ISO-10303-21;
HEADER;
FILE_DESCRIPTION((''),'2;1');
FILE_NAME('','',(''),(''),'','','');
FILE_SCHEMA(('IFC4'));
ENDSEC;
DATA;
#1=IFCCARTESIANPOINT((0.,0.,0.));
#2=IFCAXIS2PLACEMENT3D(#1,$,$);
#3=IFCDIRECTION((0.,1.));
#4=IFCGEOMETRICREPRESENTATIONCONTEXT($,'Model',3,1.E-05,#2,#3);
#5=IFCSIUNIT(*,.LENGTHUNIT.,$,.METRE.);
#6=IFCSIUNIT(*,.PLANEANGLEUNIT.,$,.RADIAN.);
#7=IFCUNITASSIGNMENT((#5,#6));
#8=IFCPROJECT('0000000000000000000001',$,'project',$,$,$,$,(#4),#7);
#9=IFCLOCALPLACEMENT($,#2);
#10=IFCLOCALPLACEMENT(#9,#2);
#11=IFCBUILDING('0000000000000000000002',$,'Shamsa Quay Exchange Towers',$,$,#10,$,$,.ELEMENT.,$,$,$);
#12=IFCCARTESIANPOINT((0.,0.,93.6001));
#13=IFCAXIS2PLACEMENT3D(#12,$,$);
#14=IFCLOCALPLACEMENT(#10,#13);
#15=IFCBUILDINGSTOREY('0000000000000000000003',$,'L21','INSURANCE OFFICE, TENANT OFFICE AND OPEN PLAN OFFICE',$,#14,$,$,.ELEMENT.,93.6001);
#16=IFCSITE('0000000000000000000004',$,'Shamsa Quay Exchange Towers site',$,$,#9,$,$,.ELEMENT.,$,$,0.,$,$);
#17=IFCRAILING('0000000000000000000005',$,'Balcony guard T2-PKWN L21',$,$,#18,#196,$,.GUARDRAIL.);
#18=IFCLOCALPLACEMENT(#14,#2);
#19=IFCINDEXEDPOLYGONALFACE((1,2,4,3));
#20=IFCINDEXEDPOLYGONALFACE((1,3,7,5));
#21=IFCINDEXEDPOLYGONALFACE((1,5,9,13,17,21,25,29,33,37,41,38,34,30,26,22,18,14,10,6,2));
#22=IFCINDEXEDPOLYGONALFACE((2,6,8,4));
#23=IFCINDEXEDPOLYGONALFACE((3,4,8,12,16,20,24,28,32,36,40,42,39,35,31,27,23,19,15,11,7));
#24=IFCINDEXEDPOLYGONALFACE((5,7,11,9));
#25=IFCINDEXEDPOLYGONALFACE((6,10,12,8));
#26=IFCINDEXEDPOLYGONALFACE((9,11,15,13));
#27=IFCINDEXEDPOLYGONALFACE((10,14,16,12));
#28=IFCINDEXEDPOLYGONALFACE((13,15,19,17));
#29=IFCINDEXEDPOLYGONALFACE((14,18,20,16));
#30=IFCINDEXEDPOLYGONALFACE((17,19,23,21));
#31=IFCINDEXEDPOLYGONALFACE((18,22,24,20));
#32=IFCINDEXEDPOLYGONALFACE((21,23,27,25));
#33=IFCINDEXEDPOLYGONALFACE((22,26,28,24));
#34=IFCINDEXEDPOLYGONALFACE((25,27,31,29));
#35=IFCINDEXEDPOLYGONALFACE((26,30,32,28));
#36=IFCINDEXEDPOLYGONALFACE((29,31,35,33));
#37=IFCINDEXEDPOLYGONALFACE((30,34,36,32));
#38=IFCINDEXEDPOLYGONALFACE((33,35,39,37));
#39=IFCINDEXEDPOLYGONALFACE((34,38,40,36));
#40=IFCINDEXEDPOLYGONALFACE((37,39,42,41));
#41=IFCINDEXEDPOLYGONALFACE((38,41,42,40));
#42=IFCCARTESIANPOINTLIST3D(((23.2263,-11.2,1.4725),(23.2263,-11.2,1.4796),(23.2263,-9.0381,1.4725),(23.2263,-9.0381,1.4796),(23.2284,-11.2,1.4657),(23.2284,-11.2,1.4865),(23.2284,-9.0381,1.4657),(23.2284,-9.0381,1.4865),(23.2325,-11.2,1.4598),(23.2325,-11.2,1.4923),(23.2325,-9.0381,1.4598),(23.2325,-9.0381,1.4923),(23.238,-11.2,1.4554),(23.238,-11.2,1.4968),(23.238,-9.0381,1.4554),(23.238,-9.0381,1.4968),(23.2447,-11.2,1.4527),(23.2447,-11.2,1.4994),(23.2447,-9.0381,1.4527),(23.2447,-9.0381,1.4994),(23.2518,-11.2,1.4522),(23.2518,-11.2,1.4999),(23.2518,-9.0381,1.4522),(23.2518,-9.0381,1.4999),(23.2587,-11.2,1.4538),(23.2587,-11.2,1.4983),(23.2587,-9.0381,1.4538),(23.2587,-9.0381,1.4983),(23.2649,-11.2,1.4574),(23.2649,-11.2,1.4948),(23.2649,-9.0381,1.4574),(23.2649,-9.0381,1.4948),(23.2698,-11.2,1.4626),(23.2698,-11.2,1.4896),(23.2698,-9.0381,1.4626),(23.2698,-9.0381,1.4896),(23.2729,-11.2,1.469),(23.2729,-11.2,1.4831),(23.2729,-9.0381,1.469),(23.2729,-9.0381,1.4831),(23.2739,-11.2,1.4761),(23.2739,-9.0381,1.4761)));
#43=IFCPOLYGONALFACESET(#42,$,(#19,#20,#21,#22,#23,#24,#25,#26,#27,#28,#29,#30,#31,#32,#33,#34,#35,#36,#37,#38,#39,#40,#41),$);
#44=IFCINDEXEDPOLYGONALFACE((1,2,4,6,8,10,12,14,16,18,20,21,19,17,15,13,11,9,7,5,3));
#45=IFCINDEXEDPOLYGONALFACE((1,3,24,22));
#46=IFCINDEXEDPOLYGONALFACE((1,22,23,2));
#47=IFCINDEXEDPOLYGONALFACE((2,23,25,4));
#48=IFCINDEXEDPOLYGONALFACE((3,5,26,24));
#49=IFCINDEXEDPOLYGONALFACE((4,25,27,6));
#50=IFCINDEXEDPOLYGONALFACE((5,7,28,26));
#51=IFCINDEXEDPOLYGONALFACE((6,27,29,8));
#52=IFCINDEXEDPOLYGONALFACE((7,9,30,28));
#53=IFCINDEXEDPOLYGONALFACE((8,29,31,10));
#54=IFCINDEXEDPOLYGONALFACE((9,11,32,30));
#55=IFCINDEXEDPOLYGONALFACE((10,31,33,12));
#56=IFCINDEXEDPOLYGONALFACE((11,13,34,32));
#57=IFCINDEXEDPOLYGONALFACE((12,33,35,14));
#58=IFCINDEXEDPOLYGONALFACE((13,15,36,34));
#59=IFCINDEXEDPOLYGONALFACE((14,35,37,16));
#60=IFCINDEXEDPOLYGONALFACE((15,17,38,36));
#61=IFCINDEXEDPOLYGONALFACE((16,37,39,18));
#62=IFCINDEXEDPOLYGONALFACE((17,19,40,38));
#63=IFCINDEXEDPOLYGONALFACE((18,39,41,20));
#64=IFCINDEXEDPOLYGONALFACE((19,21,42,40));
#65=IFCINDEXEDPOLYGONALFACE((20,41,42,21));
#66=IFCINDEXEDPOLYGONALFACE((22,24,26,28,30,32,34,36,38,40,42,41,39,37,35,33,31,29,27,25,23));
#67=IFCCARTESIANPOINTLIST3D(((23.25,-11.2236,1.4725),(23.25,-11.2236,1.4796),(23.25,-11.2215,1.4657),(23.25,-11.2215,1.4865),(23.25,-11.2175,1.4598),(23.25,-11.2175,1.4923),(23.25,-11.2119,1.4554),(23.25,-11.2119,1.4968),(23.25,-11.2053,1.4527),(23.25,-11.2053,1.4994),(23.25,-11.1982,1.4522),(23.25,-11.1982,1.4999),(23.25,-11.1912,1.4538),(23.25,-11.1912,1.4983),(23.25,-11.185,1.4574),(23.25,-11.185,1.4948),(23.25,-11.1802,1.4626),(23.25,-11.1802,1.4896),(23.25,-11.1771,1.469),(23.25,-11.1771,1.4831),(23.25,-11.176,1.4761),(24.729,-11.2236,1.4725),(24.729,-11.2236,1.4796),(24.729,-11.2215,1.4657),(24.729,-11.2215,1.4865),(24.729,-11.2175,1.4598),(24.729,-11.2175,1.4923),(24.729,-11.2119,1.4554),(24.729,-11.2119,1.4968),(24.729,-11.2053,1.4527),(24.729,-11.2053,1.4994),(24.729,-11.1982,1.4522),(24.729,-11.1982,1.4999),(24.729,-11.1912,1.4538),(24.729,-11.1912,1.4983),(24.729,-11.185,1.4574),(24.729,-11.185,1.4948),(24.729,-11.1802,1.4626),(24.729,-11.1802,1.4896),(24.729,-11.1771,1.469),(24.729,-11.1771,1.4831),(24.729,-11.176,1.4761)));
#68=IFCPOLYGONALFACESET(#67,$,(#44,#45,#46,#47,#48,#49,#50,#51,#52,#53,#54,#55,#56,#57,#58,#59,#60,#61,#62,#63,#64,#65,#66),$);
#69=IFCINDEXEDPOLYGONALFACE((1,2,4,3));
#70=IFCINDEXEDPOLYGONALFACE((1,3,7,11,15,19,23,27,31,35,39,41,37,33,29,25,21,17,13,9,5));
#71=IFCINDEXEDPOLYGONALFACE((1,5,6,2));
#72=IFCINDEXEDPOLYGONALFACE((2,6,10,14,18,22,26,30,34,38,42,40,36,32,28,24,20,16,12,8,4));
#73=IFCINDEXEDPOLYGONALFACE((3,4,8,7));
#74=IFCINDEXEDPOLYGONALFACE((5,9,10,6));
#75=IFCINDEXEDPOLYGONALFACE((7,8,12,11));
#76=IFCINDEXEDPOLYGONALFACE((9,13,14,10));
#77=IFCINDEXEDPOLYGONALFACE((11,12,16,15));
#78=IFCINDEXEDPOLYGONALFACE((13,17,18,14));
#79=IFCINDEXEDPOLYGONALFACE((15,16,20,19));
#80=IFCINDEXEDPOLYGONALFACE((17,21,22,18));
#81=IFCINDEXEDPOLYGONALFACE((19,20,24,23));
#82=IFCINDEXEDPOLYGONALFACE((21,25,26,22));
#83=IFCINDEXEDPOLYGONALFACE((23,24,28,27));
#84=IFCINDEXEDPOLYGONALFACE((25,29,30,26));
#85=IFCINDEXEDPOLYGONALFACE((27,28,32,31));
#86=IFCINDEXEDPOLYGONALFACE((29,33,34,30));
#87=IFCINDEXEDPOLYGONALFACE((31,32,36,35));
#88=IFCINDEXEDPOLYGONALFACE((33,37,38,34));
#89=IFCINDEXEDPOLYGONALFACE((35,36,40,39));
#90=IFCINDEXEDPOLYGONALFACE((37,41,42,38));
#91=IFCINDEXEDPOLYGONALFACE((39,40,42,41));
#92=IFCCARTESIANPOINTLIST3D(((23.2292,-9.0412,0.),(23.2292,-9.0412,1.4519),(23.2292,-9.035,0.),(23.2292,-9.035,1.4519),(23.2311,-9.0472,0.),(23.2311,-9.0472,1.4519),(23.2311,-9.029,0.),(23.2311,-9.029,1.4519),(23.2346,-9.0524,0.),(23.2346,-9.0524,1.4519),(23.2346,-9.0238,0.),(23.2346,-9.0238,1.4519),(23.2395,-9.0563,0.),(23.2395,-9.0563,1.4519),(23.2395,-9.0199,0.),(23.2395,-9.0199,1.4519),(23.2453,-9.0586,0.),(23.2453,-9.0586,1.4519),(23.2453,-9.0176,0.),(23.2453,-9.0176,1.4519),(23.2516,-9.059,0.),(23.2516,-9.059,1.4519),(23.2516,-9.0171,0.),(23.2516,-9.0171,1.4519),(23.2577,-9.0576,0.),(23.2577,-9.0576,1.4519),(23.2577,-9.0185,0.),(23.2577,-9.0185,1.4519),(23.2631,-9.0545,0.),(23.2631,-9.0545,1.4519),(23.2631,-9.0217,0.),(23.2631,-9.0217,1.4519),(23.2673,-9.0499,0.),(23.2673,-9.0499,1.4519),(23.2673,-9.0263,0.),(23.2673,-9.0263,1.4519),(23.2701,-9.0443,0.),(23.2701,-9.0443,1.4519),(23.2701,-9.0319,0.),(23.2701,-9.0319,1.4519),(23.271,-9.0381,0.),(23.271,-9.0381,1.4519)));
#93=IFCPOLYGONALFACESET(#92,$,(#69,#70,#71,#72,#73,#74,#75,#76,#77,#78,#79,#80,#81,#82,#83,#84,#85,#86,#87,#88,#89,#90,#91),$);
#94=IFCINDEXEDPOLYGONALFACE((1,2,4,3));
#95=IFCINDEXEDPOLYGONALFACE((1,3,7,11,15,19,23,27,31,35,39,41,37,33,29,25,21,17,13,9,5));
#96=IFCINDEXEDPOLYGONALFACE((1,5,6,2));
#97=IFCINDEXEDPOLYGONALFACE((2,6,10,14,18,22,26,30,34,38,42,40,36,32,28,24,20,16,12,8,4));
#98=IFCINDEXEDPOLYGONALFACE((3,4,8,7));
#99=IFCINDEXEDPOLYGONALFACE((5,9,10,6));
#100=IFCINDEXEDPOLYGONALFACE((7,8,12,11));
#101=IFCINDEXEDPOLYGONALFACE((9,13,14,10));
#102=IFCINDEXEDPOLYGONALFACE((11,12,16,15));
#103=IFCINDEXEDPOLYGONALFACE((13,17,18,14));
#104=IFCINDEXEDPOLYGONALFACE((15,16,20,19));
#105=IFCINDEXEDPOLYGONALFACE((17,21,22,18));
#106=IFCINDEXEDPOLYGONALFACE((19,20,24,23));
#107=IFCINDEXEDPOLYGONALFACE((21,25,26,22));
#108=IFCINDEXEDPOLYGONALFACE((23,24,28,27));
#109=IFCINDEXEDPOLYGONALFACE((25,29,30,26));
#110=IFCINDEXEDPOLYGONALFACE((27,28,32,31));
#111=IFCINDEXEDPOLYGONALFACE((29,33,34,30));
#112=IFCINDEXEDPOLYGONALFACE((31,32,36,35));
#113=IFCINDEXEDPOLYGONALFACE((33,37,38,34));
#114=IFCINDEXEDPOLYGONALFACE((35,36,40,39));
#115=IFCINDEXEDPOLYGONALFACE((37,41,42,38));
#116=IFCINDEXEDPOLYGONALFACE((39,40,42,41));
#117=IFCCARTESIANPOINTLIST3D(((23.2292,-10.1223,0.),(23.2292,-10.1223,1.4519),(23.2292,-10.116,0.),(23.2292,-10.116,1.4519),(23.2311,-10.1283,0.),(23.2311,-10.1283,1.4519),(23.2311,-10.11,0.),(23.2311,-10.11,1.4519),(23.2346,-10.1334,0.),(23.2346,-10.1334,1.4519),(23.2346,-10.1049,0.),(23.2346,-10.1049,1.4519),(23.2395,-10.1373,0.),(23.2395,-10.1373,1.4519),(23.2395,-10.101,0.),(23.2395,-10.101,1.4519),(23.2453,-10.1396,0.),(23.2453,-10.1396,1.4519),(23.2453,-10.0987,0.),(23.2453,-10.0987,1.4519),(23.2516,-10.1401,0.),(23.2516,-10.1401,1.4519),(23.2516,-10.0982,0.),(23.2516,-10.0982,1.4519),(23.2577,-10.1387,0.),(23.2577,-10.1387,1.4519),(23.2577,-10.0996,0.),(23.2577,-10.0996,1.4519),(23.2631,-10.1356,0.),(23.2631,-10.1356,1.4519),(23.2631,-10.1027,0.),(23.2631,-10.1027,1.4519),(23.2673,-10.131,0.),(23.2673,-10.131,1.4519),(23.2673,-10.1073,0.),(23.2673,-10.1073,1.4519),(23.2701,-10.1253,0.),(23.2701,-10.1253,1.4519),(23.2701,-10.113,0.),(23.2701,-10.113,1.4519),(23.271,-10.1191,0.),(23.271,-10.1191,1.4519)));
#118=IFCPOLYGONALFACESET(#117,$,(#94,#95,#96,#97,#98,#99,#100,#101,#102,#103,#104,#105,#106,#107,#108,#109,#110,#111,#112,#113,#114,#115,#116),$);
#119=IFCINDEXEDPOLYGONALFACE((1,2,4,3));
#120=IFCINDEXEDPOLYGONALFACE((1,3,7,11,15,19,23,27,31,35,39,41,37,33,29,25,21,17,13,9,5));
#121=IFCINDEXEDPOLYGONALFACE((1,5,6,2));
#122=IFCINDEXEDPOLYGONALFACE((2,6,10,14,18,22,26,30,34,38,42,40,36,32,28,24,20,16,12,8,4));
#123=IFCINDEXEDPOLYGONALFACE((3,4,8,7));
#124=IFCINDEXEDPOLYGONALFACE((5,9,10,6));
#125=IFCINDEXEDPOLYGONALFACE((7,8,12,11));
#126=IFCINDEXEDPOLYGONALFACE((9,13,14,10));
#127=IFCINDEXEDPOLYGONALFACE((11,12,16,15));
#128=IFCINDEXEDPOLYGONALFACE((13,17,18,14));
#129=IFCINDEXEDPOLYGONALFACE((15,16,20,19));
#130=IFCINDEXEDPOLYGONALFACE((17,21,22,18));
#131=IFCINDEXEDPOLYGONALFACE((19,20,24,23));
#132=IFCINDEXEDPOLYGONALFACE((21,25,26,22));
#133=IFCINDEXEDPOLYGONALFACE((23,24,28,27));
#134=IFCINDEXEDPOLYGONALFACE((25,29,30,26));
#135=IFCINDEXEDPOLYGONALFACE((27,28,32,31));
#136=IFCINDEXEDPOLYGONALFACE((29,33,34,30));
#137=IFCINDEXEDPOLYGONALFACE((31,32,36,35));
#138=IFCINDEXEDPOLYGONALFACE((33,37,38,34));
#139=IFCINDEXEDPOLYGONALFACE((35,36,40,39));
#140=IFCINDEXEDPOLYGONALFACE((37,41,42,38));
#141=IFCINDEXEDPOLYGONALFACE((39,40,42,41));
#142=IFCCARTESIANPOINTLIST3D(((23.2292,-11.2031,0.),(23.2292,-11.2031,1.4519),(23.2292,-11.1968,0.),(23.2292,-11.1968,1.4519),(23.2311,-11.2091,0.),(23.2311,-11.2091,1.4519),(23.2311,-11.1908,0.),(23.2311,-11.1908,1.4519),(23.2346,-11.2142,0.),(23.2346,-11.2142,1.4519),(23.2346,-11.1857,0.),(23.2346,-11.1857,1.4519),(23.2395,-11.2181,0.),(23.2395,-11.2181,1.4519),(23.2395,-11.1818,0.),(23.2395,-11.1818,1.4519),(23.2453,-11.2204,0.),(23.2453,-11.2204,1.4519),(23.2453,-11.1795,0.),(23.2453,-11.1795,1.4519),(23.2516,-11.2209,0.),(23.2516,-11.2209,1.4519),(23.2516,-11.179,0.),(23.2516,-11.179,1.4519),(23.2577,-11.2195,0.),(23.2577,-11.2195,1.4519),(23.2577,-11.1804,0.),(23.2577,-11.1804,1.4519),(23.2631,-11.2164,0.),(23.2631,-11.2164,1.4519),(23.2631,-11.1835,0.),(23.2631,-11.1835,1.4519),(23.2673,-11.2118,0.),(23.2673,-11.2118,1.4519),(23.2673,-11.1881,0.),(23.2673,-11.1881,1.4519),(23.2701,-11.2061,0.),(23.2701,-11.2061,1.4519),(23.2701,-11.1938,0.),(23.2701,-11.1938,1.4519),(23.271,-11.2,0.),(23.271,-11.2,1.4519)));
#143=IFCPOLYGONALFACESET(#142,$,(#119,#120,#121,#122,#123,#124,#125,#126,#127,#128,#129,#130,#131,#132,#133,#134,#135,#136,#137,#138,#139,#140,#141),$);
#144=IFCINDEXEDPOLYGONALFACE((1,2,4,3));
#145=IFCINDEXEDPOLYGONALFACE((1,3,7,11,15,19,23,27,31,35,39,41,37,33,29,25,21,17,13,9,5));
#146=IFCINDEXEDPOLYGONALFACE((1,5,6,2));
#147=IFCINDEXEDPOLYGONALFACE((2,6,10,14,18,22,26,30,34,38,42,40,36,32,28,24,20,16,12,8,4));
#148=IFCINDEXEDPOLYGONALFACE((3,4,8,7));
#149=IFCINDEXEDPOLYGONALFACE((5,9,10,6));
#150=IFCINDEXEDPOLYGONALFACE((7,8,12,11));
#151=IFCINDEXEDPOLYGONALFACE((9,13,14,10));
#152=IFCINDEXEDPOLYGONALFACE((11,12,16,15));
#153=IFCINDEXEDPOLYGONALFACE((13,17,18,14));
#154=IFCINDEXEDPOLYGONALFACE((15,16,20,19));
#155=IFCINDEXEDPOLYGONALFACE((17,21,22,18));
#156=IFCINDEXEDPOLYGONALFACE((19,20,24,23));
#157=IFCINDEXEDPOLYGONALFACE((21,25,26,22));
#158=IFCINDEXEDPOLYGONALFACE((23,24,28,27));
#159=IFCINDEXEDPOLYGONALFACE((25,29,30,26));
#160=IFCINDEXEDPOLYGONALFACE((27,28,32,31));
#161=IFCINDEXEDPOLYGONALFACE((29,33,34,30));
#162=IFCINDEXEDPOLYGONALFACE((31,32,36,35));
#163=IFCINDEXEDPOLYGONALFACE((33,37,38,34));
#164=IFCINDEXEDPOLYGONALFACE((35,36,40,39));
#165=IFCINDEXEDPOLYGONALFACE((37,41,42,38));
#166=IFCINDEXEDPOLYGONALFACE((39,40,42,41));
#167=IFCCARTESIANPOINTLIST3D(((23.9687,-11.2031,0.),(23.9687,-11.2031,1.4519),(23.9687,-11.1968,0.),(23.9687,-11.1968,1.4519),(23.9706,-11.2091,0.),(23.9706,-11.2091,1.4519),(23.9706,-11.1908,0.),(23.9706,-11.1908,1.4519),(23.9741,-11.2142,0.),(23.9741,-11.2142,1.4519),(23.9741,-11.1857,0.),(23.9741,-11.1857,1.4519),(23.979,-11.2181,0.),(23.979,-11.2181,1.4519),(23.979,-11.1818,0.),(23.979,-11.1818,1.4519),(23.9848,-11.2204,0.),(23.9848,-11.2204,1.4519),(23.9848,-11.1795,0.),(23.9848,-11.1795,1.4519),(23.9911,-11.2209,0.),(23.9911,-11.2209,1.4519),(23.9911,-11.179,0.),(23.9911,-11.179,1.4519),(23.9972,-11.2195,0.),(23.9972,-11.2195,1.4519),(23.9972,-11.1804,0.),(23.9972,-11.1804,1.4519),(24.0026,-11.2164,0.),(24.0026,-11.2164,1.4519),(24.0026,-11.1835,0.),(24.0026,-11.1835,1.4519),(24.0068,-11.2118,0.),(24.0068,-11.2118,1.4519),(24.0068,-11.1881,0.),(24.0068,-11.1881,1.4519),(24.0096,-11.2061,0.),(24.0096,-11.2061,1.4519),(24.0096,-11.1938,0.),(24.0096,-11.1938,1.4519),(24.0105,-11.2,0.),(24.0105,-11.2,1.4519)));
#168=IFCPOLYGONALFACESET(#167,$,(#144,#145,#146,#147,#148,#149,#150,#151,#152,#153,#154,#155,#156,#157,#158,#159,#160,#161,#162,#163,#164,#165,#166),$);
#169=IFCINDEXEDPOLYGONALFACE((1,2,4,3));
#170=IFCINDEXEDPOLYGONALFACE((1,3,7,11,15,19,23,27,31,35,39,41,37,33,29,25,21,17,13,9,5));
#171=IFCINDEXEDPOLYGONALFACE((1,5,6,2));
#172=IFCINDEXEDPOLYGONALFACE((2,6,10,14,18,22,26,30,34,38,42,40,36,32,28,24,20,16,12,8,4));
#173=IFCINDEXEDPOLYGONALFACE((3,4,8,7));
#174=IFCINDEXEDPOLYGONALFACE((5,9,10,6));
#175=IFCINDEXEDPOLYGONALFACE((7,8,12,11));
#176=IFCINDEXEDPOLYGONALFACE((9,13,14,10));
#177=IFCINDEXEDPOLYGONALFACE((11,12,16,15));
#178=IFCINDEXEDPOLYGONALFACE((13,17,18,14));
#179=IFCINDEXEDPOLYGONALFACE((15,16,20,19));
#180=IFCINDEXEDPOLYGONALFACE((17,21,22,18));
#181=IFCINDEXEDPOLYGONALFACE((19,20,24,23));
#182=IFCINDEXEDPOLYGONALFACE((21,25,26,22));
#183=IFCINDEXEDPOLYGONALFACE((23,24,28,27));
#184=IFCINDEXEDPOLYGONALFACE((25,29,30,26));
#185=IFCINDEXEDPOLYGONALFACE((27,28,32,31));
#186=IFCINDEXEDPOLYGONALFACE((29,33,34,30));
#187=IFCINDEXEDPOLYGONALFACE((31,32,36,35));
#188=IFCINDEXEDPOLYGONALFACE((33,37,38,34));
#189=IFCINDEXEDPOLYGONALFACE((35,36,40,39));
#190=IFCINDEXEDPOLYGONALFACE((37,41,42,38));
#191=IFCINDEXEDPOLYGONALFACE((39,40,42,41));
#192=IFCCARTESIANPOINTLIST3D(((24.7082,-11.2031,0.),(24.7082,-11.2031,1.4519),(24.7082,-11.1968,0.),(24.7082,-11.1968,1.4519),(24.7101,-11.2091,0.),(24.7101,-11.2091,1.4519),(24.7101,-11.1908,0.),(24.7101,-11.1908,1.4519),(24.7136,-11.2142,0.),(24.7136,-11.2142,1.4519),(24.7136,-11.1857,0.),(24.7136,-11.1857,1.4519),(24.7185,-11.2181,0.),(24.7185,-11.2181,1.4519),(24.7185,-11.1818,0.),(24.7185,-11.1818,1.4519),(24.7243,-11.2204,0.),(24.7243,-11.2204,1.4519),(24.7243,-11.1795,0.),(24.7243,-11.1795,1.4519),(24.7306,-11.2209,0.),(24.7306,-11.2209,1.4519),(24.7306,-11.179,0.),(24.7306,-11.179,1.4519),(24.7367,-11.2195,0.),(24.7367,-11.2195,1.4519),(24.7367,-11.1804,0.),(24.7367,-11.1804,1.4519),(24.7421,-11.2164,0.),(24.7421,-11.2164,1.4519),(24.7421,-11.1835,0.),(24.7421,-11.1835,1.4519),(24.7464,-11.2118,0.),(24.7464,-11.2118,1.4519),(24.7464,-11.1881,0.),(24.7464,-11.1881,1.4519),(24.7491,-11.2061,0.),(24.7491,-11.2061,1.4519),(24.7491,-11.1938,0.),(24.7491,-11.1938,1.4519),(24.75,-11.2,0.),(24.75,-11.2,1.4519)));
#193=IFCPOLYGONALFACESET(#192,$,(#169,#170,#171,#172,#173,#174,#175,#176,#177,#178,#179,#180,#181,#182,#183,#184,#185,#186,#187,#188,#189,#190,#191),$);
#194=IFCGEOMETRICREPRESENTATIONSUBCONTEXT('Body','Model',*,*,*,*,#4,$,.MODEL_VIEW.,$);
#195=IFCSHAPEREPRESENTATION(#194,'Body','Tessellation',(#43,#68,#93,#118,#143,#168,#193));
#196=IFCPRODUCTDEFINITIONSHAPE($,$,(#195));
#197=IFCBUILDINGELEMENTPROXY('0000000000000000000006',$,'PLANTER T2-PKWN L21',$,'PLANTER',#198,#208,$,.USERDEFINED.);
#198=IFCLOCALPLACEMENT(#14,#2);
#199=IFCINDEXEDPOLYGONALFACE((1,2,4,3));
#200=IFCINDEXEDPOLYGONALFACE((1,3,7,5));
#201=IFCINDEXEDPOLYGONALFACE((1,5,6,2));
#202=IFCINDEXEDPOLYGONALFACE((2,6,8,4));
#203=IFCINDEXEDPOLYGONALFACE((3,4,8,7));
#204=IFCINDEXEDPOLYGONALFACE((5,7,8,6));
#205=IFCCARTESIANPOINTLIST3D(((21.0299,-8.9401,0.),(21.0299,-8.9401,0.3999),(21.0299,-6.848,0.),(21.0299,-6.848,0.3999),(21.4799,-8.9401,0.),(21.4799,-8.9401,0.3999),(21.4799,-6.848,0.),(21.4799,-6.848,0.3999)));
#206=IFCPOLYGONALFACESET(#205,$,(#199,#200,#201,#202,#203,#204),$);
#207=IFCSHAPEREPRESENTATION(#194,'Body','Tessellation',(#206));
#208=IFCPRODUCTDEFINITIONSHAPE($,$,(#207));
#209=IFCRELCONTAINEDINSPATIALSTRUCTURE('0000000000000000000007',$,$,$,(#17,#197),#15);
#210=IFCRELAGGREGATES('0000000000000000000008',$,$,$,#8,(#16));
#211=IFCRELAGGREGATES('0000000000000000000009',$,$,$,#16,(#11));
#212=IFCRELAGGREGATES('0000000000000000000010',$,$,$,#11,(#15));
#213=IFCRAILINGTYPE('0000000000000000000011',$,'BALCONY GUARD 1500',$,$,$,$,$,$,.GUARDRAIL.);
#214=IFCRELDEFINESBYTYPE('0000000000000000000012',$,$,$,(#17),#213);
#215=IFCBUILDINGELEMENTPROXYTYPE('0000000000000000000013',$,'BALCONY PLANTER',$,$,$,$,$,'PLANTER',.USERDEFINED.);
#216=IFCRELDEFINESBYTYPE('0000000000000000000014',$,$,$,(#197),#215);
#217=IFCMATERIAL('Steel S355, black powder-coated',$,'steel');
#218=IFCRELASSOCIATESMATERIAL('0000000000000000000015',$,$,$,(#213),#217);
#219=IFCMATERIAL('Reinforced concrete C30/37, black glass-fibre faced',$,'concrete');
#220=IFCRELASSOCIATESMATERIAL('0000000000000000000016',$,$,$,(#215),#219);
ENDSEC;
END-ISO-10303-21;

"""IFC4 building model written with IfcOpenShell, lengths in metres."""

from ifc_helpers import new_model, si_unit, direction, frame, origin, origin_2d, place, context, subcontext, project, spatial, rectangle, circle, extrude, material, type_object, element, save


model = new_model("IFC4")

# Units and contexts
model_context = context("Model", 3, precision=1e-05, world=origin(), true_north=direction((0.0, 1.0)))
body_context = subcontext(model_context, "Body", "Model", "MODEL_VIEW")
ifc_project = project(units=[si_unit("LENGTHUNIT", "METRE"), si_unit("PLANEANGLEUNIT", "RADIAN")], contexts=[model_context])

# Site, building, storey
site_placement = place(None, origin())
site = spatial("IfcSite", under=ifc_project, at=site_placement, Name="Shamsa Quay Exchange Towers site", CompositionType="ELEMENT", RefElevation=0.0)
building_placement = place(site_placement, origin())
building = spatial("IfcBuilding", under=site, at=building_placement, Name="Shamsa Quay Exchange Towers", CompositionType="ELEMENT")
storey_placement = place(building_placement, frame((0.0, 0.0, 93.6001)))
storey = spatial("IfcBuildingStorey", under=building, at=storey_placement, Name="L21", Description="INSURANCE OFFICE, TENANT OFFICE AND OPEN PLAN OFFICE", CompositionType="ELEMENT", Elevation=93.6001)

# Railing
ifc_material_1 = material(Name="Steel S355, black powder-coated", Category="steel")
railing_type_1 = type_object("IfcRailingType", Name="BALCONY GUARD 1500", PredefinedType="GUARDRAIL", material=ifc_material_1)
for number, where, name in (
    (1, (23.25, -9.0381, 0.0), "Balcony guard T2-PKWN L21"),
):
    element("IfcRailing", number, at=place(storey_placement, frame(where)), inside=storey, type_object=railing_type_1, Name=name, PredefinedType="GUARDRAIL", context=body_context, shape_type="SweptSolid", body=[
        extrude(circle(Radius=0.0239, at=origin_2d()), frame((0.0, 0.0, 1.4761), z_axis=(0.0, -1.0, 0.0), x_axis=(1.0, 0.0, 0.0)), (0.0, 0.0, 1.0), 2.1619),
        extrude(circle(Radius=0.0239, at=origin_2d()), frame((0.0, -2.1619, 1.4761), z_axis=(1.0, 0.0, 0.0), x_axis=(0.0, 1.0, 0.0)), (0.0, 0.0, 1.0), 1.479),
        extrude(circle(Radius=0.021, at=origin_2d()), origin(), (0.0, 0.0, 1.0), 1.4519),
        extrude(circle(Radius=0.021, at=origin_2d()), frame((0.0, -1.0811, 0.0)), (0.0, 0.0, 1.0), 1.4519),
        extrude(circle(Radius=0.021, at=origin_2d()), frame((0.0, -2.1619, 0.0)), (0.0, 0.0, 1.0), 1.4519),
        extrude(circle(Radius=0.021, at=origin_2d()), frame((0.7395, -2.1619, 0.0)), (0.0, 0.0, 1.0), 1.4519),
        extrude(circle(Radius=0.021, at=origin_2d()), frame((1.479, -2.1619, 0.0)), (0.0, 0.0, 1.0), 1.4519),
    ])

# Building element proxy
ifc_material_2 = material(Name="Reinforced concrete C30/37, black glass-fibre faced", Category="concrete")
building_element_proxy_type = type_object("IfcBuildingElementProxyType", Name="BALCONY PLANTER", ElementType="PLANTER", PredefinedType="USERDEFINED", material=ifc_material_2)
for number, where, z_axis, x_axis, name in (
    (2, (21.2549, -7.894, 0.0), (0.0, 0.0, 1.0), (0.0, -1.0, 0.0), "PLANTER T2-PKWN L21"),
):
    element("IfcBuildingElementProxy", number, at=place(storey_placement, frame(where, z_axis=z_axis, x_axis=x_axis)), inside=storey, type_object=building_element_proxy_type, Name=name, ObjectType="PLANTER", PredefinedType="USERDEFINED", context=body_context, shape_type="SweptSolid", body=[
        extrude(rectangle(XDim=2.092, YDim=0.45, at=origin_2d()), origin(), (0.0, 0.0, 1.0), 0.3999),
    ])

save(model, "model.ifc")
